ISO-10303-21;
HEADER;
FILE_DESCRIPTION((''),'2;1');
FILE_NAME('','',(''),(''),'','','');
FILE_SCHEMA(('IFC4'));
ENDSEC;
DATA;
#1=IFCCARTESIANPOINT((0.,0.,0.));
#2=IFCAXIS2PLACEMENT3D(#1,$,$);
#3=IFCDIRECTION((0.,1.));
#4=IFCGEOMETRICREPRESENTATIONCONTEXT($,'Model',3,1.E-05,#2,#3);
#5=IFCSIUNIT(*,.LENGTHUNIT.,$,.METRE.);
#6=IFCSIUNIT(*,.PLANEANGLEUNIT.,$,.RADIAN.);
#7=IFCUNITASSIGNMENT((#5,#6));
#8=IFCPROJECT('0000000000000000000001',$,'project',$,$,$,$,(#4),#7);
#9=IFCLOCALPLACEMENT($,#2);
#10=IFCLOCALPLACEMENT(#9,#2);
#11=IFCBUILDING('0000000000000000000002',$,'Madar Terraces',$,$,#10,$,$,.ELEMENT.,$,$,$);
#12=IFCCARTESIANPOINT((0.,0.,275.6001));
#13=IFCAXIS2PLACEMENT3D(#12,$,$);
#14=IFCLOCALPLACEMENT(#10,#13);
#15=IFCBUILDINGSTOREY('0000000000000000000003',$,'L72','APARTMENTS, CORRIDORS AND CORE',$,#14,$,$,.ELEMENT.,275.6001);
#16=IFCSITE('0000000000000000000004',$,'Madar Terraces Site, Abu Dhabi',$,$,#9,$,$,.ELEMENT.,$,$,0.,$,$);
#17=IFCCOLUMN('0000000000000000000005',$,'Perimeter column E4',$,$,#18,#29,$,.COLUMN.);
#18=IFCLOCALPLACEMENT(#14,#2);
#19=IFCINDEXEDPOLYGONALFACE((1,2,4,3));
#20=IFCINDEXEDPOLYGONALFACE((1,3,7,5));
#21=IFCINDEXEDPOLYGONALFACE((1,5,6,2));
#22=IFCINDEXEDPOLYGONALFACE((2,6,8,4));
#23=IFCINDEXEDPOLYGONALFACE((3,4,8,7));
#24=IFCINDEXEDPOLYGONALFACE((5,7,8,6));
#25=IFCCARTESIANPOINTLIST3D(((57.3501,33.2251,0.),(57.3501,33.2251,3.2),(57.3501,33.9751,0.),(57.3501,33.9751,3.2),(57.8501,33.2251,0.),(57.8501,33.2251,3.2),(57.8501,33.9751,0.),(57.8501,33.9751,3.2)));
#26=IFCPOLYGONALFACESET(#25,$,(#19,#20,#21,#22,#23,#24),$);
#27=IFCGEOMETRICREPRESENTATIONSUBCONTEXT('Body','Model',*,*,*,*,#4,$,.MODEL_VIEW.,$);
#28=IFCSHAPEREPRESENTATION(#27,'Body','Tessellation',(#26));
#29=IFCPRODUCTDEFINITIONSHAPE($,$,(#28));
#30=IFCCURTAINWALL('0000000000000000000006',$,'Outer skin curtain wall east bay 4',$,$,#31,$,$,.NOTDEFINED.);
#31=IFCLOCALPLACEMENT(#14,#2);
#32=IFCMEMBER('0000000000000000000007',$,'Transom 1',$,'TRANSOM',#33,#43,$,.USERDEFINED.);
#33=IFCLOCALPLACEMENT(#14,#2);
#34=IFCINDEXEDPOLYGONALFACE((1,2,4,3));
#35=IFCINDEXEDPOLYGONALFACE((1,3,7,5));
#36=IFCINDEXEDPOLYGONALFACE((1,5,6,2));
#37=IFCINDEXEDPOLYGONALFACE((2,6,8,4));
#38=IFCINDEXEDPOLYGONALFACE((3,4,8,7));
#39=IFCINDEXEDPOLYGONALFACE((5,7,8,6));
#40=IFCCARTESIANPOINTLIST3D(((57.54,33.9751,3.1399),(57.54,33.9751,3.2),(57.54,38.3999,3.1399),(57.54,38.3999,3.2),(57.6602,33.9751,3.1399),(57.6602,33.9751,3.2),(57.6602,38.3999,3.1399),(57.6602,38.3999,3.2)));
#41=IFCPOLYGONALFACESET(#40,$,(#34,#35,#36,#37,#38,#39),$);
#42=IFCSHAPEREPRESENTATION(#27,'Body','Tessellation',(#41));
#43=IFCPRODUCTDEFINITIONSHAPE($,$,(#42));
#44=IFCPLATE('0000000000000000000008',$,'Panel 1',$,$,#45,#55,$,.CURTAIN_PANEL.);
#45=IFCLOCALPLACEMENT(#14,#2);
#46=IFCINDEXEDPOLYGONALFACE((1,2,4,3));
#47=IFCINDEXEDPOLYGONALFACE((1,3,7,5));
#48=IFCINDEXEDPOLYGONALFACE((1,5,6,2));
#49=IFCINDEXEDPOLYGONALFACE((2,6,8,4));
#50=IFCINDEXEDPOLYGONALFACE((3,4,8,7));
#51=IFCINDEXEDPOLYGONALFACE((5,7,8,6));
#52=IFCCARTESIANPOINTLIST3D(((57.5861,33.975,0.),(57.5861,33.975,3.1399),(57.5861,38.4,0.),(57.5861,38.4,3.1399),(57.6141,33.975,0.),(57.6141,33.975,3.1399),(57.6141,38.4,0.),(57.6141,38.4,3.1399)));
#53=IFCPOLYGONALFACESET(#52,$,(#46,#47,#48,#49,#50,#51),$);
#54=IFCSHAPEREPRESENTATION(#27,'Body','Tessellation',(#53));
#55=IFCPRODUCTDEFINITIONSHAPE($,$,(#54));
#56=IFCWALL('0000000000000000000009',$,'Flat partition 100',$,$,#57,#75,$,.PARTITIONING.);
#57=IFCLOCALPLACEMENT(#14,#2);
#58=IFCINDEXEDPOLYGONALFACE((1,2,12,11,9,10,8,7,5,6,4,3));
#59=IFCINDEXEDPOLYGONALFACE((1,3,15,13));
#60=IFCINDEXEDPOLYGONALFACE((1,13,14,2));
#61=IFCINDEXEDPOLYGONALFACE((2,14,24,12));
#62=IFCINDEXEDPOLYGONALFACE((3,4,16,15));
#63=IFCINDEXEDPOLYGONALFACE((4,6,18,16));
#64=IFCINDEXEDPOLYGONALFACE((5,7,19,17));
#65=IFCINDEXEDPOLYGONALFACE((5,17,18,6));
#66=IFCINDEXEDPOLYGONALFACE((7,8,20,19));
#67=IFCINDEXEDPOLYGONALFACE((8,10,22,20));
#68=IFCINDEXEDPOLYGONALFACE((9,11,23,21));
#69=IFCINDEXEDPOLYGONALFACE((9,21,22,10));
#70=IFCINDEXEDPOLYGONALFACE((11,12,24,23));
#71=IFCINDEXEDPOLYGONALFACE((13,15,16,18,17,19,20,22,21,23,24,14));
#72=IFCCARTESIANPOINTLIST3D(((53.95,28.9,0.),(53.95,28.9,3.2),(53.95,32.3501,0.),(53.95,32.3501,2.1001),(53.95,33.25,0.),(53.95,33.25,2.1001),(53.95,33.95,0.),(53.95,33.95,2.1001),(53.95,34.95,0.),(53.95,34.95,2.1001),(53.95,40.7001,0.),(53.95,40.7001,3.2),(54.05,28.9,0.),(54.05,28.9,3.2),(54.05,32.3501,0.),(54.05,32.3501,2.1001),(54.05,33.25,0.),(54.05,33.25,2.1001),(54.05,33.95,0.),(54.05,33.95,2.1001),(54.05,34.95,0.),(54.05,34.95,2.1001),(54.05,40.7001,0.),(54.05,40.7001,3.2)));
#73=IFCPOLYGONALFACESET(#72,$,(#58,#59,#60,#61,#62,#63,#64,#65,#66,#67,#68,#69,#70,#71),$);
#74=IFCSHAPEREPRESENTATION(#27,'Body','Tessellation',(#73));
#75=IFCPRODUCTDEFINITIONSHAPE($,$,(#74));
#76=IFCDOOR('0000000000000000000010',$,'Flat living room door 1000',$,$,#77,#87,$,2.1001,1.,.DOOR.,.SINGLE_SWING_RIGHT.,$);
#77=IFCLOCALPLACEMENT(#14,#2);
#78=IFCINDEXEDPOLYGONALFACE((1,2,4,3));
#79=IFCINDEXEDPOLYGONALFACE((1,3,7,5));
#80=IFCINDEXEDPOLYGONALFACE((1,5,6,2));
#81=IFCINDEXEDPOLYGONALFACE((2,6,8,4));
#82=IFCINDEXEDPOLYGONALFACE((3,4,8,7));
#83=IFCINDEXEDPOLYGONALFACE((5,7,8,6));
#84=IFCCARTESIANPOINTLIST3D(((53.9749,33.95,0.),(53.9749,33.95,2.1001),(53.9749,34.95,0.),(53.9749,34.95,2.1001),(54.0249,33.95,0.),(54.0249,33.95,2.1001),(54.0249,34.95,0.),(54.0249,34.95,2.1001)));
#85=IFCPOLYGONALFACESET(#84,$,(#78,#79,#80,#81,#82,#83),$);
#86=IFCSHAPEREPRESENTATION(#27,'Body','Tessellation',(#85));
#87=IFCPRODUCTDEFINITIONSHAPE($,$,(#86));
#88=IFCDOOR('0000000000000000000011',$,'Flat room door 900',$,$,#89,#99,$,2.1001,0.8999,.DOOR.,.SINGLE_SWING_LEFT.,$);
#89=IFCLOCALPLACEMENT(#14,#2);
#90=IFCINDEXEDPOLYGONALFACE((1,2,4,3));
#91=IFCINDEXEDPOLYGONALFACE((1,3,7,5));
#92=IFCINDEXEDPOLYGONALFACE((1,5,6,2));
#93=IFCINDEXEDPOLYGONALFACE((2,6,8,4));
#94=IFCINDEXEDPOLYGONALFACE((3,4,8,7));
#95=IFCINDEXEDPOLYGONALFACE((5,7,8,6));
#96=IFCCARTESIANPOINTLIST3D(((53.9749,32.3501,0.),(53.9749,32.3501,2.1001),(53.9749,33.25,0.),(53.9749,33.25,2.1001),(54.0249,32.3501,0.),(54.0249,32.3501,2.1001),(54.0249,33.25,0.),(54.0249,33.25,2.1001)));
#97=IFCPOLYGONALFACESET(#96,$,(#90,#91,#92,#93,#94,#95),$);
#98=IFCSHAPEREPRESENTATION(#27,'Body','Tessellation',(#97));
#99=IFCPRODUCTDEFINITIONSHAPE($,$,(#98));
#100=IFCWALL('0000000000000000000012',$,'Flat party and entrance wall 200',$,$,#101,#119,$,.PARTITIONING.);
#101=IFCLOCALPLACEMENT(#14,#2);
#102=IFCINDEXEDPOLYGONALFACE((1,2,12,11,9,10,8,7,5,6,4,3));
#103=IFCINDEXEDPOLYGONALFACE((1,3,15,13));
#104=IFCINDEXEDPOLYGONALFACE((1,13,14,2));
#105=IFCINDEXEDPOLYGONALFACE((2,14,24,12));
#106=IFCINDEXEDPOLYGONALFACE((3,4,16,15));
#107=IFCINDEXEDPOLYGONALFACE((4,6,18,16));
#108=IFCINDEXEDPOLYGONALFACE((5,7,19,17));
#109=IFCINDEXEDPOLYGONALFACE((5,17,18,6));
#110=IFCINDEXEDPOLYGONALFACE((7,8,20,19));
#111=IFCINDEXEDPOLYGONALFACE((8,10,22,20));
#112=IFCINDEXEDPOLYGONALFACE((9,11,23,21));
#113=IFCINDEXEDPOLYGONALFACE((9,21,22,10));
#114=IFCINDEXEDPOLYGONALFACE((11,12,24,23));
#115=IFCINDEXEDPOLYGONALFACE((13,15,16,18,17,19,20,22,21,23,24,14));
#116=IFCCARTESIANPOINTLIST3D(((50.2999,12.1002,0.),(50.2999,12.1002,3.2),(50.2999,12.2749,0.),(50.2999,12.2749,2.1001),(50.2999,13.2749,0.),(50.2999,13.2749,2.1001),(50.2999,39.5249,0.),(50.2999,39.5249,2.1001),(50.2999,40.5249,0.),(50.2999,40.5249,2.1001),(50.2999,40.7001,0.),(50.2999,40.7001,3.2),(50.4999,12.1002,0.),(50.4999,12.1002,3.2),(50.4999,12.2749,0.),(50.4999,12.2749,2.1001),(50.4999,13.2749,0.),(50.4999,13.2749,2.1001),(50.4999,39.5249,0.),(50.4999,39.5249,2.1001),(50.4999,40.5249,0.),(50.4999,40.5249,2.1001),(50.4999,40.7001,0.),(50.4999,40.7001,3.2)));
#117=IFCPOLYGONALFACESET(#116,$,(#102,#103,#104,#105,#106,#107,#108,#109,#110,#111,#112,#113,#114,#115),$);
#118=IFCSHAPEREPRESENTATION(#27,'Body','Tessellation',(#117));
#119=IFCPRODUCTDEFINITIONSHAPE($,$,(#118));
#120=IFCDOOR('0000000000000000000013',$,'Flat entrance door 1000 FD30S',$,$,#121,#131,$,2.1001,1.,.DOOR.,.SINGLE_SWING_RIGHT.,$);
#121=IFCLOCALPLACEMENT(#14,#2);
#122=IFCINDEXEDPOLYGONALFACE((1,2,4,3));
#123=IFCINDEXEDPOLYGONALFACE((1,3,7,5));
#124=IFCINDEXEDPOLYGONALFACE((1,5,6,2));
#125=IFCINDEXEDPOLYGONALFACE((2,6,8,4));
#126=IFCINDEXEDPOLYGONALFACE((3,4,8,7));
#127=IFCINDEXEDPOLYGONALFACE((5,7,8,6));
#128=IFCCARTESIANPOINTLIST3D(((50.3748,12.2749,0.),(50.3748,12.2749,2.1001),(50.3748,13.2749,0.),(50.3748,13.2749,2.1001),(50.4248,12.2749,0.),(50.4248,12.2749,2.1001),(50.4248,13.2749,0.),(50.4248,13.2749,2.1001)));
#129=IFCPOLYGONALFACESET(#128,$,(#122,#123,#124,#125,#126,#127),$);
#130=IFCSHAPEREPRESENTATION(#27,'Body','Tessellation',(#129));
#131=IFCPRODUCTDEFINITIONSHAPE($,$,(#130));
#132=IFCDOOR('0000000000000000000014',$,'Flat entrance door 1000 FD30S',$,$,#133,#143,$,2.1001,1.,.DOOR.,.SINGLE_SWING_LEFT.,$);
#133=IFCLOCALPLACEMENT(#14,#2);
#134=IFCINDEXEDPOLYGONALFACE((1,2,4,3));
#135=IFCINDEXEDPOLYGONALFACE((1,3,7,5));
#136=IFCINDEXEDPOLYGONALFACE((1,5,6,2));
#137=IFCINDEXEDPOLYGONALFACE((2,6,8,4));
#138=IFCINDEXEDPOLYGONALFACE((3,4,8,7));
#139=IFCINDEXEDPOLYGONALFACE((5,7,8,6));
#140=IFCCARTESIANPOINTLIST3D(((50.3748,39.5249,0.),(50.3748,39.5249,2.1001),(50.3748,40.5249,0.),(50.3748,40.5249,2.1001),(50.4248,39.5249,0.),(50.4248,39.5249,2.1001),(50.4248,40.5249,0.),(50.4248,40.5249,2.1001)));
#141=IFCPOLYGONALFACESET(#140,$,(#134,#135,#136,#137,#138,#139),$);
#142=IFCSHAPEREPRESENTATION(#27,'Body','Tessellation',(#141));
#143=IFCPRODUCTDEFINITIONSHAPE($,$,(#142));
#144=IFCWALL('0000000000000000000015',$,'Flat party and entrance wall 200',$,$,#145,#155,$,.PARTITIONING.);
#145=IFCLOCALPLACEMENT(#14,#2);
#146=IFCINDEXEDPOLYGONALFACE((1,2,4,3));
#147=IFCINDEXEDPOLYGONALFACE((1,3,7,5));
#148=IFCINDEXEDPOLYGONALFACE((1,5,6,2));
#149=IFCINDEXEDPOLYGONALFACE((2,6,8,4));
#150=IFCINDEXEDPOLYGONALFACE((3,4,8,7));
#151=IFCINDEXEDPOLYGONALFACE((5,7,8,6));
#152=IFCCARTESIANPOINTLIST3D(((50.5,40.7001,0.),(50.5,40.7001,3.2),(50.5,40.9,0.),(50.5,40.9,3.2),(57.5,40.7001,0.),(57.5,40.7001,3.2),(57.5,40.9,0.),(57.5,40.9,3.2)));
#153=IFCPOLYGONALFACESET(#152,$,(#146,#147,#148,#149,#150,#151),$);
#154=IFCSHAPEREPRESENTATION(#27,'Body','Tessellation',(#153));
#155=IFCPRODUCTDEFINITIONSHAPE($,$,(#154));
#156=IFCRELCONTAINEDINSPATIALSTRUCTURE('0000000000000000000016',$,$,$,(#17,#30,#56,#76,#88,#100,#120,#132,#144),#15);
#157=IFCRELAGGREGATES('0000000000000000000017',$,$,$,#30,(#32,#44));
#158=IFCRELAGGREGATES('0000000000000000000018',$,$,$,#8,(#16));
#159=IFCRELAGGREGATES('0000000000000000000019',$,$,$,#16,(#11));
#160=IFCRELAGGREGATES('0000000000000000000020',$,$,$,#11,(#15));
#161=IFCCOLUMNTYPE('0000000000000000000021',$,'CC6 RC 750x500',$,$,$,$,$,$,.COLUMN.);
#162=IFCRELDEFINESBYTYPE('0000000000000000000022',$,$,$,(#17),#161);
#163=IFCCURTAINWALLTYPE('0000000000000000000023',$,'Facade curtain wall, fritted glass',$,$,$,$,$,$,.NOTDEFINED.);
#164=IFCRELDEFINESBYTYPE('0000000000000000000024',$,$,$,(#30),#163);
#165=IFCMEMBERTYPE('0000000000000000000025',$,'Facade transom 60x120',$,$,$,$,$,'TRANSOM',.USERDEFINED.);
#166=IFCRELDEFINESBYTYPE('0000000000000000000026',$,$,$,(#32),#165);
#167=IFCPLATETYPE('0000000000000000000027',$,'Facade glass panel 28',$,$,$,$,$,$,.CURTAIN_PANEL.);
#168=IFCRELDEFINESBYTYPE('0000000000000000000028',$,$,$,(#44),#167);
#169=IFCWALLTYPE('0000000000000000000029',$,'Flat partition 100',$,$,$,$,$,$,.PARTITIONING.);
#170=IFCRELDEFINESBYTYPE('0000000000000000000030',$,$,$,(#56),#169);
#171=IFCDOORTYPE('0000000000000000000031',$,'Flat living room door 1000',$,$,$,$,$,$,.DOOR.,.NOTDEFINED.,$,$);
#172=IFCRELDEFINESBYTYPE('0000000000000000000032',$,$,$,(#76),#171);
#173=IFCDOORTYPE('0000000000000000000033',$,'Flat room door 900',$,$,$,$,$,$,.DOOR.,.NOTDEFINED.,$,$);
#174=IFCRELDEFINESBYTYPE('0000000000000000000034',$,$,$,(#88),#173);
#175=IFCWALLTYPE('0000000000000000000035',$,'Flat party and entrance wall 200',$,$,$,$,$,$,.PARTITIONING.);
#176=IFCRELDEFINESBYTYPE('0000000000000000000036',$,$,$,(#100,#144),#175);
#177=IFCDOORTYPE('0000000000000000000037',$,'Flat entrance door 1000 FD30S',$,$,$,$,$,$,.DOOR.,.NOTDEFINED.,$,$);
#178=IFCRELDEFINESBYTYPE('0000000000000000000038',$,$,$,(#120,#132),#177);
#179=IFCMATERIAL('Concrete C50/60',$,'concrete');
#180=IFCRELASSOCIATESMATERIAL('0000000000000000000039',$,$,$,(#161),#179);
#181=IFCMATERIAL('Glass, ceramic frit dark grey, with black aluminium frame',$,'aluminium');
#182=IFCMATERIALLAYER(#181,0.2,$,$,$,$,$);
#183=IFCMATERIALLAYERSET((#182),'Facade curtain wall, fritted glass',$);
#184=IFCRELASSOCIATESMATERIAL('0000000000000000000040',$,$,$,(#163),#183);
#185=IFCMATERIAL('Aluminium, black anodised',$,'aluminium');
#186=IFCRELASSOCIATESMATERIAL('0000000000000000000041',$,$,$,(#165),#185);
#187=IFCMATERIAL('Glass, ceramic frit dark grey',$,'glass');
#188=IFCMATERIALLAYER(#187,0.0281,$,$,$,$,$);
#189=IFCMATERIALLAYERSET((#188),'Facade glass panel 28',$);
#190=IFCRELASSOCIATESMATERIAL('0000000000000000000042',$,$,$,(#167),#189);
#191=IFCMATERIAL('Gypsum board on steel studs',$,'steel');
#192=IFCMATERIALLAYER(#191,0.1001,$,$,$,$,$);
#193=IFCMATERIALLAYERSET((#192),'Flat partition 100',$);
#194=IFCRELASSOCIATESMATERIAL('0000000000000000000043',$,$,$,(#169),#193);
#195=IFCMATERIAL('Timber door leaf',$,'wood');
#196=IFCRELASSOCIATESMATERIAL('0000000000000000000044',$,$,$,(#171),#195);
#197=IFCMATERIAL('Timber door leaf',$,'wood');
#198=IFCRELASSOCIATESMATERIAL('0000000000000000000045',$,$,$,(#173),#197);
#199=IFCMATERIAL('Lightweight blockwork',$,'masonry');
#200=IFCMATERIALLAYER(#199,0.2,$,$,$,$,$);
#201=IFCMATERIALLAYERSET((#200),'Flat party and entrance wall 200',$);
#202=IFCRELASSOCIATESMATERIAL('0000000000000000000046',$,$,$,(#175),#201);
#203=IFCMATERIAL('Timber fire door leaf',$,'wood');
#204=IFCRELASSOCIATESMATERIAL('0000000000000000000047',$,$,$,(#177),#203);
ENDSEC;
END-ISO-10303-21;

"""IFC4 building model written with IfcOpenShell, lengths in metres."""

from ifc_helpers import new_model, si_unit, direction, frame, frame_2d, origin, origin_2d, place, context, subcontext, project, spatial, rectangle, extrude, material, layer, layer_set, material_profile, profile_set, type_object, element, fill, aggregate, save


model = new_model("IFC4")

# Units and contexts
model_context = context("Model", 3, precision=1e-05, world=origin(), true_north=direction((0.0, 1.0)))
body_context = subcontext(model_context, "Body", "Model", "MODEL_VIEW")
ifc_project = project(units=[si_unit("LENGTHUNIT", "METRE"), si_unit("PLANEANGLEUNIT", "RADIAN")], contexts=[model_context])

# Site, building, storey
site_placement = place(None, origin())
site = spatial("IfcSite", under=ifc_project, at=site_placement, Name="Madar Terraces Site, Abu Dhabi", CompositionType="ELEMENT", RefElevation=0.0)
building_placement = place(site_placement, origin())
building = spatial("IfcBuilding", under=site, at=building_placement, Name="Madar Terraces", CompositionType="ELEMENT")
storey_placement = place(building_placement, frame((0.0, 0.0, 275.6001)))
storey = spatial("IfcBuildingStorey", under=building, at=storey_placement, Name="L72", Description="APARTMENTS, CORRIDORS AND CORE", CompositionType="ELEMENT", Elevation=275.6001)

# Column
ifc_material_1 = material(Name="Concrete C50/60", Category="concrete")
ifc_material_profile_1 = material_profile(ifc_material_1, rectangle(XDim=0.75, YDim=0.5, at=origin_2d()), Name="CC6 RC 750x500")
ifc_profile_set_1 = profile_set([ifc_material_profile_1], Name="Concrete C50/60")
column_type = type_object("IfcColumnType", Name="CC6 RC 750x500", PredefinedType="COLUMN", material=ifc_profile_set_1)
column_placement = place(storey_placement, frame((57.6001, 33.6001, 0.0), z_axis=(0.0, 0.0, 1.0), x_axis=(0.0, 1.0, 0.0)))
element("IfcColumn", 1, at=column_placement, inside=storey, type_object=column_type, Name="Perimeter column E4", PredefinedType="COLUMN", context=body_context, shape_type="SweptSolid", body=[
    extrude(rectangle(XDim=0.75, YDim=0.5, at=origin_2d()), origin(), (0.0, 0.0, 1.0), 3.2),
])

# Curtain wall, member, plate
ifc_material_2 = material(Name="Glass, ceramic frit dark grey, with black aluminium frame", Category="aluminium")
ifc_layer_1 = layer(ifc_material_2, 0.2)
ifc_layer_set_1 = layer_set([ifc_layer_1], Name="Facade curtain wall, fritted glass")
curtain_wall_type = type_object("IfcCurtainWallType", Name="Facade curtain wall, fritted glass", PredefinedType="NOTDEFINED", material=ifc_layer_set_1)
curtain_wall_placement = place(storey_placement, origin())
curtain_wall = element("IfcCurtainWall", 2, at=curtain_wall_placement, inside=storey, type_object=curtain_wall_type, Name="Outer skin curtain wall east bay 4", PredefinedType="NOTDEFINED")
ifc_material_3 = material(Name="Aluminium, black anodised", Category="aluminium")
ifc_material_profile_2 = material_profile(ifc_material_3, rectangle(XDim=0.1201, YDim=0.0601, at=origin_2d()), Name="Facade transom 60x120")
ifc_profile_set_2 = profile_set([ifc_material_profile_2], Name="Aluminium, black anodised")
member_type = type_object("IfcMemberType", Name="Facade transom 60x120", ElementType="TRANSOM", PredefinedType="USERDEFINED", material=ifc_profile_set_2)
member_placement = place(storey_placement, frame((57.6001, 33.9751, 3.1699), z_axis=(0.0, 1.0, 0.0), x_axis=(-1.0, 0.0, 0.0)))
member = element("IfcMember", 3, at=member_placement, type_object=member_type, Name="Transom 1", ObjectType="TRANSOM", PredefinedType="USERDEFINED", context=body_context, shape_type="SweptSolid", body=[
    extrude(rectangle(XDim=0.1201, YDim=0.0601, at=origin_2d()), origin(), (0.0, 0.0, 1.0), 4.4248),
])
ifc_material_4 = material(Name="Glass, ceramic frit dark grey", Category="glass")
ifc_layer_2 = layer(ifc_material_4, 0.0281)
ifc_layer_set_2 = layer_set([ifc_layer_2], Name="Facade glass panel 28")
plate_type = type_object("IfcPlateType", Name="Facade glass panel 28", PredefinedType="CURTAIN_PANEL", material=ifc_layer_set_2)
plate_placement = place(storey_placement, frame((57.6001, 36.1875, 0.0), z_axis=(0.0, 0.0, 1.0), x_axis=(0.0, 1.0, 0.0)))
plate = element("IfcPlate", 4, at=plate_placement, type_object=plate_type, Name="Panel 1", PredefinedType="CURTAIN_PANEL", context=body_context, shape_type="SweptSolid", body=[
    extrude(rectangle(XDim=4.425, YDim=0.0281, at=origin_2d()), origin(), (0.0, 0.0, 1.0), 3.1399),
])
aggregate(curtain_wall, [member, plate])

# Walls, openings, doors
ifc_material_5 = material(Name="Gypsum board on steel studs", Category="steel")
ifc_layer_3 = layer(ifc_material_5, 0.1001)
ifc_layer_set_3 = layer_set([ifc_layer_3], Name="Flat partition 100")
wall_type_1 = type_object("IfcWallType", Name="Flat partition 100", PredefinedType="PARTITIONING", material=ifc_layer_set_3)
wall_1_placement = place(storey_placement, frame((54.0, 40.7, 0.0), z_axis=(0.0, 0.0, 1.0), x_axis=(0.0, -1.0, 0.0)))
wall_1 = element("IfcWall", 5, at=wall_1_placement, inside=storey, type_object=wall_type_1, Name="Flat partition 100", PredefinedType="PARTITIONING", context=body_context, shape_type="SweptSolid", body=[
    extrude(rectangle(XDim=11.8, YDim=0.1001, at=frame_2d((5.8999, 0.0))), origin(), (0.0, 0.0, 1.0), 3.2),
])
opening_1_placement = place(wall_1_placement, frame((5.75, 0.0, 0.0)))
opening_1 = element("IfcOpeningElement", 6, at=opening_1_placement, cuts=wall_1, PredefinedType="OPENING", context=body_context, shape_type="SweptSolid", body=[
    extrude(rectangle(XDim=1.0, YDim=2.1001, at=frame_2d((0.5, 1.05))), frame((0.0, 0.0601, 0.0), z_axis=(0.0, -1.0, 0.0), x_axis=(1.0, 0.0, 0.0)), (0.0, 0.0, 1.0), 0.1201),
])
opening_2_placement = place(wall_1_placement, frame((7.45, 0.0, 0.0)))
opening_2 = element("IfcOpeningElement", 7, at=opening_2_placement, cuts=wall_1, PredefinedType="OPENING", context=body_context, shape_type="SweptSolid", body=[
    extrude(rectangle(XDim=0.8999, YDim=2.1001, at=frame_2d((0.45, 1.05))), frame((0.0, 0.0601, 0.0), z_axis=(0.0, -1.0, 0.0), x_axis=(1.0, 0.0, 0.0)), (0.0, 0.0, 1.0), 0.1201),
])
ifc_material_6 = material(Name="Timber door leaf", Category="wood")
door_type_1 = type_object("IfcDoorType", Name="Flat living room door 1000", OperationType="NOTDEFINED", PredefinedType="DOOR", material=ifc_material_6)
door_1_placement = place(opening_1_placement, origin())
door_1 = element("IfcDoor", 8, at=door_1_placement, inside=storey, type_object=door_type_1, Name="Flat living room door 1000", OperationType="SINGLE_SWING_RIGHT", OverallHeight=2.1001, OverallWidth=1.0, PredefinedType="DOOR", context=body_context, shape_type="SweptSolid", body=[
    extrude(rectangle(XDim=1.0, YDim=2.1001, at=frame_2d((0.5, 1.05))), frame((0.0, 0.0249, 0.0), z_axis=(0.0, -1.0, 0.0), x_axis=(1.0, 0.0, 0.0)), (0.0, 0.0, 1.0), 0.05),
])
fill(opening_1, door_1)
ifc_material_7 = material(Name="Timber door leaf", Category="wood")
door_type_2 = type_object("IfcDoorType", Name="Flat room door 900", OperationType="NOTDEFINED", PredefinedType="DOOR", material=ifc_material_7)
door_2_placement = place(opening_2_placement, origin())
door_2 = element("IfcDoor", 9, at=door_2_placement, inside=storey, type_object=door_type_2, Name="Flat room door 900", OperationType="SINGLE_SWING_LEFT", OverallHeight=2.1001, OverallWidth=0.8999, PredefinedType="DOOR", context=body_context, shape_type="SweptSolid", body=[
    extrude(rectangle(XDim=0.8999, YDim=2.1001, at=frame_2d((0.45, 1.05))), frame((0.0, 0.0249, 0.0), z_axis=(0.0, -1.0, 0.0), x_axis=(1.0, 0.0, 0.0)), (0.0, 0.0, 1.0), 0.05),
])
fill(opening_2, door_2)
ifc_material_8 = material(Name="Lightweight blockwork", Category="masonry")
ifc_layer_4 = layer(ifc_material_8, 0.2)
ifc_layer_set_4 = layer_set([ifc_layer_4], Name="Flat party and entrance wall 200")
wall_type_2 = type_object("IfcWallType", Name="Flat party and entrance wall 200", PredefinedType="PARTITIONING", material=ifc_layer_set_4)
wall_2_placement = place(storey_placement, frame((50.3999, 40.7, 0.0), z_axis=(0.0, 0.0, 1.0), x_axis=(0.0, -1.0, 0.0)))
wall_2 = element("IfcWall", 10, at=wall_2_placement, inside=storey, type_object=wall_type_2, Name="Flat party and entrance wall 200", PredefinedType="PARTITIONING", context=body_context, shape_type="SweptSolid", body=[
    extrude(rectangle(XDim=28.5999, YDim=0.2, at=frame_2d((14.2998, 0.0))), origin(), (0.0, 0.0, 1.0), 3.2),
])
opening_3_placement = place(wall_2_placement, frame((27.425, 0.0, 0.0)))
opening_3 = element("IfcOpeningElement", 11, at=opening_3_placement, cuts=wall_2, PredefinedType="OPENING", context=body_context, shape_type="SweptSolid", body=[
    extrude(rectangle(XDim=1.0, YDim=2.1001, at=frame_2d((0.5, 1.05))), frame((0.0, 0.1099, 0.0), z_axis=(0.0, -1.0, 0.0), x_axis=(1.0, 0.0, 0.0)), (0.0, 0.0, 1.0), 0.22),
])
opening_4_placement = place(wall_2_placement, frame((0.175, 0.0, 0.0)))
opening_4 = element("IfcOpeningElement", 12, at=opening_4_placement, cuts=wall_2, PredefinedType="OPENING", context=body_context, shape_type="SweptSolid", body=[
    extrude(rectangle(XDim=1.0, YDim=2.1001, at=frame_2d((0.5, 1.05))), frame((0.0, 0.1099, 0.0), z_axis=(0.0, -1.0, 0.0), x_axis=(1.0, 0.0, 0.0)), (0.0, 0.0, 1.0), 0.22),
])
ifc_material_9 = material(Name="Timber fire door leaf", Category="wood")
door_type_3 = type_object("IfcDoorType", Name="Flat entrance door 1000 FD30S", OperationType="NOTDEFINED", PredefinedType="DOOR", material=ifc_material_9)
door_3_placement = place(opening_3_placement, origin())
door_3 = element("IfcDoor", 13, at=door_3_placement, inside=storey, type_object=door_type_3, Name="Flat entrance door 1000 FD30S", OperationType="SINGLE_SWING_RIGHT", OverallHeight=2.1001, OverallWidth=1.0, PredefinedType="DOOR", context=body_context, shape_type="SweptSolid", body=[
    extrude(rectangle(XDim=1.0, YDim=2.1001, at=frame_2d((0.5, 1.05))), frame((0.0, 0.0249, 0.0), z_axis=(0.0, -1.0, 0.0), x_axis=(1.0, 0.0, 0.0)), (0.0, 0.0, 1.0), 0.05),
])
fill(opening_3, door_3)
door_4_placement = place(opening_4_placement, origin())
door_4 = element("IfcDoor", 14, at=door_4_placement, inside=storey, type_object=door_type_3, Name="Flat entrance door 1000 FD30S", OperationType="SINGLE_SWING_LEFT", OverallHeight=2.1001, OverallWidth=1.0, PredefinedType="DOOR", context=body_context, shape_type="SweptSolid", body=[
    extrude(rectangle(XDim=1.0, YDim=2.1001, at=frame_2d((0.5, 1.05))), frame((0.0, 0.0249, 0.0), z_axis=(0.0, -1.0, 0.0), x_axis=(1.0, 0.0, 0.0)), (0.0, 0.0, 1.0), 0.05),
])
fill(opening_4, door_4)

# Wall
wall_3_placement = place(storey_placement, frame((50.5, 40.8, 0.0), z_axis=(0.0, 0.0, 1.0), x_axis=(1.0, 0.0, 0.0)))
element("IfcWall", 15, at=wall_3_placement, inside=storey, type_object=wall_type_2, Name="Flat party and entrance wall 200", PredefinedType="PARTITIONING", context=body_context, shape_type="SweptSolid", body=[
    extrude(rectangle(XDim=7.0, YDim=0.2, at=frame_2d((3.5, 0.0))), origin(), (0.0, 0.0, 1.0), 3.2),
])

save(model, "model.ifc")
